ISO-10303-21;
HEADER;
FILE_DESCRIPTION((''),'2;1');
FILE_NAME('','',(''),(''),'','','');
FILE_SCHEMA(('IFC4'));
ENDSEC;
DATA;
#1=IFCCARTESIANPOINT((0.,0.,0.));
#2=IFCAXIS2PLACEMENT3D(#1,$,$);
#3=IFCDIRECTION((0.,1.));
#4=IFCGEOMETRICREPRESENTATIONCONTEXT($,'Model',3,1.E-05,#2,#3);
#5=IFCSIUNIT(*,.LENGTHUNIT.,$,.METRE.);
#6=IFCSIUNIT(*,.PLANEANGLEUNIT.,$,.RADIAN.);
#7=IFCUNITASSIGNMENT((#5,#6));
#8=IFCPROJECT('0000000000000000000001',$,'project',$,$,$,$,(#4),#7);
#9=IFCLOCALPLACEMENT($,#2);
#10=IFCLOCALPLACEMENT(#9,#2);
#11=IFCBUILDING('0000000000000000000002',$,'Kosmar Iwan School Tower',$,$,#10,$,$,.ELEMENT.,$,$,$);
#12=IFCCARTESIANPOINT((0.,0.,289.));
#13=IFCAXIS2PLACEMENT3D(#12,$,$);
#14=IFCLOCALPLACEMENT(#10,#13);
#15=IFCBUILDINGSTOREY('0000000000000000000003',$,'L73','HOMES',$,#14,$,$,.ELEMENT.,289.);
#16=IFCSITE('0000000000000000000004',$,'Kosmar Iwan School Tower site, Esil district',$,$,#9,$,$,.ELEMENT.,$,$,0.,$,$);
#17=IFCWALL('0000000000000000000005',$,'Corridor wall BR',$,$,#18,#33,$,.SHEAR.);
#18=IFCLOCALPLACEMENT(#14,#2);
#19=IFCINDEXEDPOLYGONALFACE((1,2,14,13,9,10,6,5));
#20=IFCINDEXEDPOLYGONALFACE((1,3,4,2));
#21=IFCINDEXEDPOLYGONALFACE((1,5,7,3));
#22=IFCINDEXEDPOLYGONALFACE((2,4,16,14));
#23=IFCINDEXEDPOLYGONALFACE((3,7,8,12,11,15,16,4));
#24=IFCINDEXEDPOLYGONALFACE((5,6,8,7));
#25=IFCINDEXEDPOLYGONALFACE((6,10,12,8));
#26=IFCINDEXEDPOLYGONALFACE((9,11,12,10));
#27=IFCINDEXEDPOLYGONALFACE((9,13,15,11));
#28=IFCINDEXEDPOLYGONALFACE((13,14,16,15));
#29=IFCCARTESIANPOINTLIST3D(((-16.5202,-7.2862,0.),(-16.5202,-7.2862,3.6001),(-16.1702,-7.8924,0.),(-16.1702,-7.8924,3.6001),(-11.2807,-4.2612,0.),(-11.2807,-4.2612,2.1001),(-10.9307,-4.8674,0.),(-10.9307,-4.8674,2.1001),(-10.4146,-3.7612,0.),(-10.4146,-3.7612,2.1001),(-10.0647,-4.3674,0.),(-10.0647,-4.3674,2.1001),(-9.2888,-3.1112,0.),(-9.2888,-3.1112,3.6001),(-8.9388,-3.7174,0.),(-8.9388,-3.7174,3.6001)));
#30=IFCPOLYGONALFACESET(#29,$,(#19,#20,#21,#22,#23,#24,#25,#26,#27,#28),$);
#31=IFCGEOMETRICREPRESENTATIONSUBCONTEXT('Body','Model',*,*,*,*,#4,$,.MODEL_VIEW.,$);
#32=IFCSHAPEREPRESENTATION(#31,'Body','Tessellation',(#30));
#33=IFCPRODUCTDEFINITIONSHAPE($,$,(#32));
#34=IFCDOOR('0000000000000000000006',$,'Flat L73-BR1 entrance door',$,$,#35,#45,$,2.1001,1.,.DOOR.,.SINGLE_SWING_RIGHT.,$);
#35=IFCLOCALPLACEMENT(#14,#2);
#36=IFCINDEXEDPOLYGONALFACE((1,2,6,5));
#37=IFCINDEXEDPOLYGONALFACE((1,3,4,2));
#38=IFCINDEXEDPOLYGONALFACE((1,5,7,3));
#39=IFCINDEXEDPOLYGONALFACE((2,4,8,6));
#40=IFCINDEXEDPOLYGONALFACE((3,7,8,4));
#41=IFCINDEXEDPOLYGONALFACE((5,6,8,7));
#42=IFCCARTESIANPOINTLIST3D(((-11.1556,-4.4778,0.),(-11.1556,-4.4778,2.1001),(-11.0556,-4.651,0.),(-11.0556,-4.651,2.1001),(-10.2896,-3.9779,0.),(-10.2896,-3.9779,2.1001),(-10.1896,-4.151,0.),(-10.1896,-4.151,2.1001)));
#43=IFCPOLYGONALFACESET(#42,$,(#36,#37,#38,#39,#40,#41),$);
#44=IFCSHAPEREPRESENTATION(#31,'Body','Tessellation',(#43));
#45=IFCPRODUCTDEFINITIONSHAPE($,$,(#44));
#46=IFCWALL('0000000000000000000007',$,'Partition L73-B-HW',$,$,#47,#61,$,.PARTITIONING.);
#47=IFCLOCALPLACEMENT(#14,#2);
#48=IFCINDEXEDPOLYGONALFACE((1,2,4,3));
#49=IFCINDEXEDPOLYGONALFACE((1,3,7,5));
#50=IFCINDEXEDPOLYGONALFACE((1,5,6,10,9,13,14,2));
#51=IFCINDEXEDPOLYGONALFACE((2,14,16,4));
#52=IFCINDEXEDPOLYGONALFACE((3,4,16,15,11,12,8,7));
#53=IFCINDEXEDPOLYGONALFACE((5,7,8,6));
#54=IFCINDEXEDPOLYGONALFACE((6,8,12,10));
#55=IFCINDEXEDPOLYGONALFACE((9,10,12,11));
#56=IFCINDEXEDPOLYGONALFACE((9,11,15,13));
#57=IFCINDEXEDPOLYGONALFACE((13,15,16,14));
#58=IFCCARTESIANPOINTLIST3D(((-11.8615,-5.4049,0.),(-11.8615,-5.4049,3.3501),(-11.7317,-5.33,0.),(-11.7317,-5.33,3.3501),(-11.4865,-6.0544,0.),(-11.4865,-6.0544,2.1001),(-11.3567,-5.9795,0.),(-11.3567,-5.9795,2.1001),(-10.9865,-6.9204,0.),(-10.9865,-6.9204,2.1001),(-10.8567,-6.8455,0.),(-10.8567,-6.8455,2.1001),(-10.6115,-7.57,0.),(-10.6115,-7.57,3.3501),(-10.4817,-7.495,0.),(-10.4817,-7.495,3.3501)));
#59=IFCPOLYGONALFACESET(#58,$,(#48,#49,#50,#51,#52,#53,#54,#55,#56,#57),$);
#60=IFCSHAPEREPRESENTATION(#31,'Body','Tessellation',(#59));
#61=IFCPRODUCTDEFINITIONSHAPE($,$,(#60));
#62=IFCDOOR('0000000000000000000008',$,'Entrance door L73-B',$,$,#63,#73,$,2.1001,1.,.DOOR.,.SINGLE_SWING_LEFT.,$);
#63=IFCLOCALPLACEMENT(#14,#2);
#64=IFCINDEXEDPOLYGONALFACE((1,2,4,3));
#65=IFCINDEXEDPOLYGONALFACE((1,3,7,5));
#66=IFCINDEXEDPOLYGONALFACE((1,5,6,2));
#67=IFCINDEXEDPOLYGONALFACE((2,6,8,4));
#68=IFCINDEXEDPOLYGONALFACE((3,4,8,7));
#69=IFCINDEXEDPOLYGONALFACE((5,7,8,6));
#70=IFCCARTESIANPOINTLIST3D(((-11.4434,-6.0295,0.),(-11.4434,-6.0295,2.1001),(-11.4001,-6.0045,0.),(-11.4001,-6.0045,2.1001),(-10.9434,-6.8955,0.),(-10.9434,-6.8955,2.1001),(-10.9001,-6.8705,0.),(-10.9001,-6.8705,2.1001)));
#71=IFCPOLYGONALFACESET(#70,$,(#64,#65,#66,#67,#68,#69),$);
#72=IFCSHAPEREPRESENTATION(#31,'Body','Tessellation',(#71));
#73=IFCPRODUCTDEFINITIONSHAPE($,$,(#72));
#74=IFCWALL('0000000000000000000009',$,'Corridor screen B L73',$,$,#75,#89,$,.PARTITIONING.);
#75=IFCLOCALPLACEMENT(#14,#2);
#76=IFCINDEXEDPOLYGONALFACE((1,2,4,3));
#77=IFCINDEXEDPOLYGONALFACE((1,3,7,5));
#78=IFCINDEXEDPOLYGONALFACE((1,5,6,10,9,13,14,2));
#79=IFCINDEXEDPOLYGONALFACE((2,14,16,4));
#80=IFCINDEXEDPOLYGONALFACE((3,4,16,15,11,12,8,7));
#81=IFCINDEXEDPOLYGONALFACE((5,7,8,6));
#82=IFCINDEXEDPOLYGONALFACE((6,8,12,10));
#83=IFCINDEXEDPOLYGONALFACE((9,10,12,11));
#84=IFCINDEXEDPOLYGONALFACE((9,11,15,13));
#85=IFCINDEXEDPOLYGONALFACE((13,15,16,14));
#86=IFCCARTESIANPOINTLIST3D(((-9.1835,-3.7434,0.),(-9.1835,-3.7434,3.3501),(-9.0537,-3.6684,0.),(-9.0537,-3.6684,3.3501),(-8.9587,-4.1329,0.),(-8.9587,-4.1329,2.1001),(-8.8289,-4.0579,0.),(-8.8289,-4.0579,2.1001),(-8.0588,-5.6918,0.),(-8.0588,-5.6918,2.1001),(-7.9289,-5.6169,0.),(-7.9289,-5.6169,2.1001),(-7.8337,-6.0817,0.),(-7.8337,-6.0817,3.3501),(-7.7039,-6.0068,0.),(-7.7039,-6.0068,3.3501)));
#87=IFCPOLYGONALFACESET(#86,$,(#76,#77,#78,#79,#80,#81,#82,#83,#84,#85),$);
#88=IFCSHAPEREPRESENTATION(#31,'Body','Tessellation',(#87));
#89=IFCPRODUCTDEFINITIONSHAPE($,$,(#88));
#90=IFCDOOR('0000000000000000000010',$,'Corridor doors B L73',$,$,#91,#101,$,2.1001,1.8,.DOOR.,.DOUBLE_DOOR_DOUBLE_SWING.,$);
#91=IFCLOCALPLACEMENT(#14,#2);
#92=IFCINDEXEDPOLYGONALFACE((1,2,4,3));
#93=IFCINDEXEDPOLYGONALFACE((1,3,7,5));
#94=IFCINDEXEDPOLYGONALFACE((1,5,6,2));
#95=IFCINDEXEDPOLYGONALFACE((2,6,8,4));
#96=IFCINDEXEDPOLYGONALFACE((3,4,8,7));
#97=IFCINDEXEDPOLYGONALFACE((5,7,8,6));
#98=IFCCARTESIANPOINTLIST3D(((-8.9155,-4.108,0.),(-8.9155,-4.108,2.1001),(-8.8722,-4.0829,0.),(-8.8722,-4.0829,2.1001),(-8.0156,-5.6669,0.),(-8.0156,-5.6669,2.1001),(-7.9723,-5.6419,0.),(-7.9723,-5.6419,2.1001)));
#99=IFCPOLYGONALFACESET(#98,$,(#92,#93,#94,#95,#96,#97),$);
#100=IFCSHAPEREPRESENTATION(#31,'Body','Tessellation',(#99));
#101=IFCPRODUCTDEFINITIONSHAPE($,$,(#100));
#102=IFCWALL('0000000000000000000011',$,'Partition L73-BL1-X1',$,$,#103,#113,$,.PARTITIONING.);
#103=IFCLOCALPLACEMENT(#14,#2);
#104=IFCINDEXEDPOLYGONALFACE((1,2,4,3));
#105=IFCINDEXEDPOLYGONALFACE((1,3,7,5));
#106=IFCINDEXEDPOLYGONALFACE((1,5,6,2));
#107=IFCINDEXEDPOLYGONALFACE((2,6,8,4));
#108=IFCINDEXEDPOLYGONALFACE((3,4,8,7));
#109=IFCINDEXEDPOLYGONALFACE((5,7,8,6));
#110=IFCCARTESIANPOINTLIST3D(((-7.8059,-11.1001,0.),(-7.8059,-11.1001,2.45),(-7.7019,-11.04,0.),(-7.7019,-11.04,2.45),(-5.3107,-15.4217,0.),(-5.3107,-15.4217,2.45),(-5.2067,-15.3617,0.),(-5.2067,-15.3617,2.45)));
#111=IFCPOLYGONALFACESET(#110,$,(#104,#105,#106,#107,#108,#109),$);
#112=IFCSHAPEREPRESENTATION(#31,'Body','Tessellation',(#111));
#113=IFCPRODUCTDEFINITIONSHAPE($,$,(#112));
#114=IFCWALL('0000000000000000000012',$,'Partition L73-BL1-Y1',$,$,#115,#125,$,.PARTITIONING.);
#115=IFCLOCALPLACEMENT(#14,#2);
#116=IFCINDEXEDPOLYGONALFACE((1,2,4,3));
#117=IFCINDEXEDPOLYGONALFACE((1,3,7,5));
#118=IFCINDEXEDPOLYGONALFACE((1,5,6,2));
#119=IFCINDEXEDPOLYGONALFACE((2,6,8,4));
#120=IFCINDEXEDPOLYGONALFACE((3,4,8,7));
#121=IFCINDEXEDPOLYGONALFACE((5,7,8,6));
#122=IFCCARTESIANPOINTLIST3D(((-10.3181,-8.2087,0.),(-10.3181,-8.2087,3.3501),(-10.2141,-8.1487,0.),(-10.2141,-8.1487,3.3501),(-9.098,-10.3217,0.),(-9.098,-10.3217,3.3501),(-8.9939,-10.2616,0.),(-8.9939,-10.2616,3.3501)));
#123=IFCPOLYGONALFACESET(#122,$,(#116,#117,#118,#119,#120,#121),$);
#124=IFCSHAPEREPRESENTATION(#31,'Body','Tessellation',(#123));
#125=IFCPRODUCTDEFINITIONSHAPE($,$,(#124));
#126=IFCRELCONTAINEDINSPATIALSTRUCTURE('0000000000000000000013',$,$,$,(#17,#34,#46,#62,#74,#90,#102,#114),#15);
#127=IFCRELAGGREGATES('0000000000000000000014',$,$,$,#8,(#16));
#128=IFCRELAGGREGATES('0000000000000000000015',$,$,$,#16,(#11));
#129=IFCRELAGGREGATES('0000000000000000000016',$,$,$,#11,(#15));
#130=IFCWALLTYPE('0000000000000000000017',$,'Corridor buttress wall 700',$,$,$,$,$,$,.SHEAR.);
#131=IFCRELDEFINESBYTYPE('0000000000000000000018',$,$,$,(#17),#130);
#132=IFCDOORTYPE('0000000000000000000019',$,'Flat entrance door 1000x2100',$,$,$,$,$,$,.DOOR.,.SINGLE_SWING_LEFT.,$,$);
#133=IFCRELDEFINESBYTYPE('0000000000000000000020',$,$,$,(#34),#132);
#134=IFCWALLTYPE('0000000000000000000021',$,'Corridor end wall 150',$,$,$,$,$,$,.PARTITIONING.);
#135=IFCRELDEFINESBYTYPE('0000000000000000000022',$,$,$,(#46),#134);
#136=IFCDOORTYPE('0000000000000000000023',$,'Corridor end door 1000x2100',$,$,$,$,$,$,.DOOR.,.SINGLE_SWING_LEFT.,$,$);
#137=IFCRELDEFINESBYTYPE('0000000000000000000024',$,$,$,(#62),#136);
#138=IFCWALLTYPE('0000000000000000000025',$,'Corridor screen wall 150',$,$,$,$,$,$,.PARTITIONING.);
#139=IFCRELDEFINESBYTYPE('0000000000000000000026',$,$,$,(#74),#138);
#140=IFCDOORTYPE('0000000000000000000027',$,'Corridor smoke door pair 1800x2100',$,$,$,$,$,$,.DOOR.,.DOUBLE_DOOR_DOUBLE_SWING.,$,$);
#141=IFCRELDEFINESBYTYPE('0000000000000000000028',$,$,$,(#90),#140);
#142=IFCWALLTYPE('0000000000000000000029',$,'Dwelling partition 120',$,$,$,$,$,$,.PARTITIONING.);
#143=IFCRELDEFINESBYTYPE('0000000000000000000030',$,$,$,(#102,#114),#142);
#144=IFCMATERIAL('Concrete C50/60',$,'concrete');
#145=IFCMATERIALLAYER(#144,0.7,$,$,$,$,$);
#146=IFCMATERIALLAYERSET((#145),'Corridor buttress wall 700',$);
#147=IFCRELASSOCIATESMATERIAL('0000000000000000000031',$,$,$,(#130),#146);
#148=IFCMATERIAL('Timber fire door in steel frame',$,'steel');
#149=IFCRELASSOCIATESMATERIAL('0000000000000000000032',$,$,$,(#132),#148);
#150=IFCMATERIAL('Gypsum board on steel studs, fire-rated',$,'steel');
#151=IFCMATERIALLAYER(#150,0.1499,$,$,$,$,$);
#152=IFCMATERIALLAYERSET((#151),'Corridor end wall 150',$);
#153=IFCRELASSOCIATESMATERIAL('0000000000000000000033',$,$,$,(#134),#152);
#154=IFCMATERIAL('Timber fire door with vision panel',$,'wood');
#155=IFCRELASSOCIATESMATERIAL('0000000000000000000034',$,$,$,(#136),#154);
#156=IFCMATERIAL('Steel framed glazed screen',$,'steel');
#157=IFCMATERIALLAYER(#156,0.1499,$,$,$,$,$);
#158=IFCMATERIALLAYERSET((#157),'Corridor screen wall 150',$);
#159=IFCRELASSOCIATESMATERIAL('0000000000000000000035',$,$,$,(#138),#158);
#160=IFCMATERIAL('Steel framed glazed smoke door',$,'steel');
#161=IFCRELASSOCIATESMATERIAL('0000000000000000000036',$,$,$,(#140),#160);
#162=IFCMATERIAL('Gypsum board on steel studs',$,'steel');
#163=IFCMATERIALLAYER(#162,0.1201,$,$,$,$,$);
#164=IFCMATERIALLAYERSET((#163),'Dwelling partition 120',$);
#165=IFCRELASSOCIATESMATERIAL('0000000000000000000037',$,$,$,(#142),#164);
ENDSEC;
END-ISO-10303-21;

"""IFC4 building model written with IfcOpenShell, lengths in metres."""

from ifc_helpers import new_model, si_unit, direction, frame, frame_2d, origin, place, context, subcontext, project, spatial, rectangle, extrude, material, layer, layer_set, type_object, element, fill, save


model = new_model("IFC4")

# Units and contexts
model_context = context("Model", 3, precision=1e-05, world=origin(), true_north=direction((0.0, 1.0)))
body_context = subcontext(model_context, "Body", "Model", "MODEL_VIEW")
ifc_project = project(units=[si_unit("LENGTHUNIT", "METRE"), si_unit("PLANEANGLEUNIT", "RADIAN")], contexts=[model_context])

# Site, building, storey
site_placement = place(None, origin())
site = spatial("IfcSite", under=ifc_project, at=site_placement, Name="Kosmar Iwan School Tower site, Esil district", CompositionType="ELEMENT", RefElevation=0.0)
building_placement = place(site_placement, origin())
building = spatial("IfcBuilding", under=site, at=building_placement, Name="Kosmar Iwan School Tower", CompositionType="ELEMENT")
storey_placement = place(building_placement, frame((0.0, 0.0, 289.0)))
storey = spatial("IfcBuildingStorey", under=building, at=storey_placement, Name="L73", Description="HOMES", CompositionType="ELEMENT", Elevation=289.0)

# Walls, openings, doors
ifc_material_1 = material(Name="Concrete C50/60", Category="concrete")
ifc_layer_1 = layer(ifc_material_1, 0.7)
ifc_layer_set_1 = layer_set([ifc_layer_1], Name="Corridor buttress wall 700")
wall_type_1 = type_object("IfcWallType", Name="Corridor buttress wall 700", PredefinedType="SHEAR", material=ifc_layer_set_1)
wall_1_placement = place(storey_placement, frame((-9.1138, -3.4143, 0.0), z_axis=(0.0, 0.0, 1.0), x_axis=(-0.866027, -0.499997, 0.0)))
wall_1 = element("IfcWall", 1, at=wall_1_placement, inside=storey, type_object=wall_type_1, Name="Corridor wall BR", PredefinedType="SHEAR", context=body_context, shape_type="SweptSolid", body=[
    extrude(rectangle(XDim=8.3501, YDim=0.7, at=frame_2d((4.175, 0.0))), origin(), (0.0, 0.0, 1.0), 3.6001),
])
opening_1_placement = place(wall_1_placement, frame((1.3, 0.0, 0.0)))
opening_1 = element("IfcOpeningElement", 2, at=opening_1_placement, cuts=wall_1, PredefinedType="OPENING", context=body_context, shape_type="SweptSolid", body=[
    extrude(rectangle(XDim=1.0, YDim=2.1001, at=frame_2d((0.5, 1.05))), frame((0.0, 0.3621, 0.0), z_axis=(0.0, -1.0, 0.0), x_axis=(1.0, 0.0, 0.0)), (0.0, 0.0, 1.0), 0.7239),
])
ifc_material_2 = material(Name="Timber fire door in steel frame", Category="steel")
door_type_1 = type_object("IfcDoorType", Name="Flat entrance door 1000x2100", OperationType="SINGLE_SWING_LEFT", PredefinedType="DOOR", material=ifc_material_2)
door_1_placement = place(opening_1_placement, origin())
door_1 = element("IfcDoor", 3, at=door_1_placement, inside=storey, type_object=door_type_1, Name="Flat L73-BR1 entrance door", OperationType="SINGLE_SWING_RIGHT", OverallHeight=2.1001, OverallWidth=1.0, PredefinedType="DOOR", context=body_context, shape_type="SweptSolid", body=[
    extrude(rectangle(XDim=1.0, YDim=2.1001, at=frame_2d((0.5, 1.05))), frame((0.0, 0.1001, 0.0), z_axis=(0.0, -1.0, 0.0), x_axis=(1.0, 0.0, 0.0)), (0.0, 0.0, 1.0), 0.2),
])
fill(opening_1, door_1)
ifc_material_3 = material(Name="Gypsum board on steel studs, fire-rated", Category="steel")
ifc_layer_2 = layer(ifc_material_3, 0.1499)
ifc_layer_set_2 = layer_set([ifc_layer_2], Name="Corridor end wall 150")
wall_type_2 = type_object("IfcWallType", Name="Corridor end wall 150", PredefinedType="PARTITIONING", material=ifc_layer_set_2)
wall_2_placement = place(storey_placement, frame((-11.7966, -5.3674, 0.0), z_axis=(0.0, 0.0, 1.0), x_axis=(0.500004, -0.866023, 0.0)))
wall_2 = element("IfcWall", 4, at=wall_2_placement, inside=storey, type_object=wall_type_2, Name="Partition L73-B-HW", PredefinedType="PARTITIONING", context=body_context, shape_type="SweptSolid", body=[
    extrude(rectangle(XDim=2.5, YDim=0.1499, at=frame_2d((1.25, 0.0))), origin(), (0.0, 0.0, 1.0), 3.3501),
])
opening_2_placement = place(wall_2_placement, frame((0.75, 0.0, 0.0)))
opening_2 = element("IfcOpeningElement", 5, at=opening_2_placement, cuts=wall_2, PredefinedType="OPENING", context=body_context, shape_type="SweptSolid", body=[
    extrude(rectangle(XDim=1.0, YDim=2.1001, at=frame_2d((0.5, 1.05))), frame((0.0, 0.0869, 0.0), z_axis=(0.0, -1.0, 0.0), x_axis=(1.0, 0.0, 0.0)), (0.0, 0.0, 1.0), 0.1738),
])
ifc_material_4 = material(Name="Timber fire door with vision panel", Category="wood")
door_type_2 = type_object("IfcDoorType", Name="Corridor end door 1000x2100", OperationType="SINGLE_SWING_LEFT", PredefinedType="DOOR", material=ifc_material_4)
door_2_placement = place(opening_2_placement, origin())
door_2 = element("IfcDoor", 6, at=door_2_placement, inside=storey, type_object=door_type_2, Name="Entrance door L73-B", OperationType="SINGLE_SWING_LEFT", OverallHeight=2.1001, OverallWidth=1.0, PredefinedType="DOOR", context=body_context, shape_type="SweptSolid", body=[
    extrude(rectangle(XDim=1.0, YDim=2.1001, at=frame_2d((0.5, 1.05))), frame((0.0, 0.0249, 0.0), z_axis=(0.0, -1.0, 0.0), x_axis=(1.0, 0.0, 0.0)), (0.0, 0.0, 1.0), 0.05),
])
fill(opening_2, door_2)
ifc_material_5 = material(Name="Steel framed glazed screen", Category="steel")
ifc_layer_3 = layer(ifc_material_5, 0.1499)
ifc_layer_set_3 = layer_set([ifc_layer_3], Name="Corridor screen wall 150")
wall_type_3 = type_object("IfcWallType", Name="Corridor screen wall 150", PredefinedType="PARTITIONING", material=ifc_layer_set_3)
wall_3_placement = place(storey_placement, frame((-9.1187, -3.7058, 0.0), z_axis=(0.0, 0.0, 1.0), x_axis=(0.499942, -0.866059, 0.0)))
wall_3 = element("IfcWall", 7, at=wall_3_placement, inside=storey, type_object=wall_type_3, Name="Corridor screen B L73", PredefinedType="PARTITIONING", context=body_context, shape_type="SweptSolid", body=[
    extrude(rectangle(XDim=2.7, YDim=0.1499, at=frame_2d((1.3501, 0.0))), origin(), (0.0, 0.0, 1.0), 3.3501),
])
opening_3_placement = place(wall_3_placement, frame((0.45, 0.0, 0.0)))
opening_3 = element("IfcOpeningElement", 8, at=opening_3_placement, cuts=wall_3, PredefinedType="OPENING", context=body_context, shape_type="SweptSolid", body=[
    extrude(rectangle(XDim=1.8, YDim=2.1001, at=frame_2d((0.8999, 1.05))), frame((0.0, 0.0869, 0.0), z_axis=(0.0, -1.0, 0.0), x_axis=(1.0, 0.0, 0.0)), (0.0, 0.0, 1.0), 0.1738),
])
ifc_material_6 = material(Name="Steel framed glazed smoke door", Category="steel")
door_type_3 = type_object("IfcDoorType", Name="Corridor smoke door pair 1800x2100", OperationType="DOUBLE_DOOR_DOUBLE_SWING", PredefinedType="DOOR", material=ifc_material_6)
door_3_placement = place(opening_3_placement, origin())
door_3 = element("IfcDoor", 9, at=door_3_placement, inside=storey, type_object=door_type_3, Name="Corridor doors B L73", OperationType="DOUBLE_DOOR_DOUBLE_SWING", OverallHeight=2.1001, OverallWidth=1.8, PredefinedType="DOOR", context=body_context, shape_type="SweptSolid", body=[
    extrude(rectangle(XDim=1.8, YDim=2.1001, at=frame_2d((0.8999, 1.05))), frame((0.0, 0.0249, 0.0), z_axis=(0.0, -1.0, 0.0), x_axis=(1.0, 0.0, 0.0)), (0.0, 0.0, 1.0), 0.05),
])
fill(opening_3, door_3)

# Walls
ifc_material_7 = material(Name="Gypsum board on steel studs", Category="steel")
ifc_layer_4 = layer(ifc_material_7, 0.1201)
ifc_layer_set_4 = layer_set([ifc_layer_4], Name="Dwelling partition 120")
wall_type_4 = type_object("IfcWallType", Name="Dwelling partition 120", PredefinedType="PARTITIONING", material=ifc_layer_set_4)
wall_4_placement = place(storey_placement, frame((-7.7539, -11.0701, 0.0), z_axis=(0.0, 0.0, 1.0), x_axis=(0.500012, -0.866019, 0.0)))
element("IfcWall", 10, at=wall_4_placement, inside=storey, type_object=wall_type_4, Name="Partition L73-BL1-X1", PredefinedType="PARTITIONING", context=body_context, shape_type="SweptSolid", body=[
    extrude(rectangle(XDim=4.9902, YDim=0.1201, at=frame_2d((2.4951, 0.0))), origin(), (0.0, 0.0, 1.0), 2.45),
])
wall_5_placement = place(storey_placement, frame((-10.2661, -8.1787, 0.0), z_axis=(0.0, 0.0, 1.0), x_axis=(0.500078, -0.865981, 0.0)))
element("IfcWall", 11, at=wall_5_placement, inside=storey, type_object=wall_type_4, Name="Partition L73-BL1-Y1", PredefinedType="PARTITIONING", context=body_context, shape_type="SweptSolid", body=[
    extrude(rectangle(XDim=2.4399, YDim=0.1201, at=frame_2d((1.22, 0.0))), origin(), (0.0, 0.0, 1.0), 3.3501),
])

save(model, "model.ifc")
